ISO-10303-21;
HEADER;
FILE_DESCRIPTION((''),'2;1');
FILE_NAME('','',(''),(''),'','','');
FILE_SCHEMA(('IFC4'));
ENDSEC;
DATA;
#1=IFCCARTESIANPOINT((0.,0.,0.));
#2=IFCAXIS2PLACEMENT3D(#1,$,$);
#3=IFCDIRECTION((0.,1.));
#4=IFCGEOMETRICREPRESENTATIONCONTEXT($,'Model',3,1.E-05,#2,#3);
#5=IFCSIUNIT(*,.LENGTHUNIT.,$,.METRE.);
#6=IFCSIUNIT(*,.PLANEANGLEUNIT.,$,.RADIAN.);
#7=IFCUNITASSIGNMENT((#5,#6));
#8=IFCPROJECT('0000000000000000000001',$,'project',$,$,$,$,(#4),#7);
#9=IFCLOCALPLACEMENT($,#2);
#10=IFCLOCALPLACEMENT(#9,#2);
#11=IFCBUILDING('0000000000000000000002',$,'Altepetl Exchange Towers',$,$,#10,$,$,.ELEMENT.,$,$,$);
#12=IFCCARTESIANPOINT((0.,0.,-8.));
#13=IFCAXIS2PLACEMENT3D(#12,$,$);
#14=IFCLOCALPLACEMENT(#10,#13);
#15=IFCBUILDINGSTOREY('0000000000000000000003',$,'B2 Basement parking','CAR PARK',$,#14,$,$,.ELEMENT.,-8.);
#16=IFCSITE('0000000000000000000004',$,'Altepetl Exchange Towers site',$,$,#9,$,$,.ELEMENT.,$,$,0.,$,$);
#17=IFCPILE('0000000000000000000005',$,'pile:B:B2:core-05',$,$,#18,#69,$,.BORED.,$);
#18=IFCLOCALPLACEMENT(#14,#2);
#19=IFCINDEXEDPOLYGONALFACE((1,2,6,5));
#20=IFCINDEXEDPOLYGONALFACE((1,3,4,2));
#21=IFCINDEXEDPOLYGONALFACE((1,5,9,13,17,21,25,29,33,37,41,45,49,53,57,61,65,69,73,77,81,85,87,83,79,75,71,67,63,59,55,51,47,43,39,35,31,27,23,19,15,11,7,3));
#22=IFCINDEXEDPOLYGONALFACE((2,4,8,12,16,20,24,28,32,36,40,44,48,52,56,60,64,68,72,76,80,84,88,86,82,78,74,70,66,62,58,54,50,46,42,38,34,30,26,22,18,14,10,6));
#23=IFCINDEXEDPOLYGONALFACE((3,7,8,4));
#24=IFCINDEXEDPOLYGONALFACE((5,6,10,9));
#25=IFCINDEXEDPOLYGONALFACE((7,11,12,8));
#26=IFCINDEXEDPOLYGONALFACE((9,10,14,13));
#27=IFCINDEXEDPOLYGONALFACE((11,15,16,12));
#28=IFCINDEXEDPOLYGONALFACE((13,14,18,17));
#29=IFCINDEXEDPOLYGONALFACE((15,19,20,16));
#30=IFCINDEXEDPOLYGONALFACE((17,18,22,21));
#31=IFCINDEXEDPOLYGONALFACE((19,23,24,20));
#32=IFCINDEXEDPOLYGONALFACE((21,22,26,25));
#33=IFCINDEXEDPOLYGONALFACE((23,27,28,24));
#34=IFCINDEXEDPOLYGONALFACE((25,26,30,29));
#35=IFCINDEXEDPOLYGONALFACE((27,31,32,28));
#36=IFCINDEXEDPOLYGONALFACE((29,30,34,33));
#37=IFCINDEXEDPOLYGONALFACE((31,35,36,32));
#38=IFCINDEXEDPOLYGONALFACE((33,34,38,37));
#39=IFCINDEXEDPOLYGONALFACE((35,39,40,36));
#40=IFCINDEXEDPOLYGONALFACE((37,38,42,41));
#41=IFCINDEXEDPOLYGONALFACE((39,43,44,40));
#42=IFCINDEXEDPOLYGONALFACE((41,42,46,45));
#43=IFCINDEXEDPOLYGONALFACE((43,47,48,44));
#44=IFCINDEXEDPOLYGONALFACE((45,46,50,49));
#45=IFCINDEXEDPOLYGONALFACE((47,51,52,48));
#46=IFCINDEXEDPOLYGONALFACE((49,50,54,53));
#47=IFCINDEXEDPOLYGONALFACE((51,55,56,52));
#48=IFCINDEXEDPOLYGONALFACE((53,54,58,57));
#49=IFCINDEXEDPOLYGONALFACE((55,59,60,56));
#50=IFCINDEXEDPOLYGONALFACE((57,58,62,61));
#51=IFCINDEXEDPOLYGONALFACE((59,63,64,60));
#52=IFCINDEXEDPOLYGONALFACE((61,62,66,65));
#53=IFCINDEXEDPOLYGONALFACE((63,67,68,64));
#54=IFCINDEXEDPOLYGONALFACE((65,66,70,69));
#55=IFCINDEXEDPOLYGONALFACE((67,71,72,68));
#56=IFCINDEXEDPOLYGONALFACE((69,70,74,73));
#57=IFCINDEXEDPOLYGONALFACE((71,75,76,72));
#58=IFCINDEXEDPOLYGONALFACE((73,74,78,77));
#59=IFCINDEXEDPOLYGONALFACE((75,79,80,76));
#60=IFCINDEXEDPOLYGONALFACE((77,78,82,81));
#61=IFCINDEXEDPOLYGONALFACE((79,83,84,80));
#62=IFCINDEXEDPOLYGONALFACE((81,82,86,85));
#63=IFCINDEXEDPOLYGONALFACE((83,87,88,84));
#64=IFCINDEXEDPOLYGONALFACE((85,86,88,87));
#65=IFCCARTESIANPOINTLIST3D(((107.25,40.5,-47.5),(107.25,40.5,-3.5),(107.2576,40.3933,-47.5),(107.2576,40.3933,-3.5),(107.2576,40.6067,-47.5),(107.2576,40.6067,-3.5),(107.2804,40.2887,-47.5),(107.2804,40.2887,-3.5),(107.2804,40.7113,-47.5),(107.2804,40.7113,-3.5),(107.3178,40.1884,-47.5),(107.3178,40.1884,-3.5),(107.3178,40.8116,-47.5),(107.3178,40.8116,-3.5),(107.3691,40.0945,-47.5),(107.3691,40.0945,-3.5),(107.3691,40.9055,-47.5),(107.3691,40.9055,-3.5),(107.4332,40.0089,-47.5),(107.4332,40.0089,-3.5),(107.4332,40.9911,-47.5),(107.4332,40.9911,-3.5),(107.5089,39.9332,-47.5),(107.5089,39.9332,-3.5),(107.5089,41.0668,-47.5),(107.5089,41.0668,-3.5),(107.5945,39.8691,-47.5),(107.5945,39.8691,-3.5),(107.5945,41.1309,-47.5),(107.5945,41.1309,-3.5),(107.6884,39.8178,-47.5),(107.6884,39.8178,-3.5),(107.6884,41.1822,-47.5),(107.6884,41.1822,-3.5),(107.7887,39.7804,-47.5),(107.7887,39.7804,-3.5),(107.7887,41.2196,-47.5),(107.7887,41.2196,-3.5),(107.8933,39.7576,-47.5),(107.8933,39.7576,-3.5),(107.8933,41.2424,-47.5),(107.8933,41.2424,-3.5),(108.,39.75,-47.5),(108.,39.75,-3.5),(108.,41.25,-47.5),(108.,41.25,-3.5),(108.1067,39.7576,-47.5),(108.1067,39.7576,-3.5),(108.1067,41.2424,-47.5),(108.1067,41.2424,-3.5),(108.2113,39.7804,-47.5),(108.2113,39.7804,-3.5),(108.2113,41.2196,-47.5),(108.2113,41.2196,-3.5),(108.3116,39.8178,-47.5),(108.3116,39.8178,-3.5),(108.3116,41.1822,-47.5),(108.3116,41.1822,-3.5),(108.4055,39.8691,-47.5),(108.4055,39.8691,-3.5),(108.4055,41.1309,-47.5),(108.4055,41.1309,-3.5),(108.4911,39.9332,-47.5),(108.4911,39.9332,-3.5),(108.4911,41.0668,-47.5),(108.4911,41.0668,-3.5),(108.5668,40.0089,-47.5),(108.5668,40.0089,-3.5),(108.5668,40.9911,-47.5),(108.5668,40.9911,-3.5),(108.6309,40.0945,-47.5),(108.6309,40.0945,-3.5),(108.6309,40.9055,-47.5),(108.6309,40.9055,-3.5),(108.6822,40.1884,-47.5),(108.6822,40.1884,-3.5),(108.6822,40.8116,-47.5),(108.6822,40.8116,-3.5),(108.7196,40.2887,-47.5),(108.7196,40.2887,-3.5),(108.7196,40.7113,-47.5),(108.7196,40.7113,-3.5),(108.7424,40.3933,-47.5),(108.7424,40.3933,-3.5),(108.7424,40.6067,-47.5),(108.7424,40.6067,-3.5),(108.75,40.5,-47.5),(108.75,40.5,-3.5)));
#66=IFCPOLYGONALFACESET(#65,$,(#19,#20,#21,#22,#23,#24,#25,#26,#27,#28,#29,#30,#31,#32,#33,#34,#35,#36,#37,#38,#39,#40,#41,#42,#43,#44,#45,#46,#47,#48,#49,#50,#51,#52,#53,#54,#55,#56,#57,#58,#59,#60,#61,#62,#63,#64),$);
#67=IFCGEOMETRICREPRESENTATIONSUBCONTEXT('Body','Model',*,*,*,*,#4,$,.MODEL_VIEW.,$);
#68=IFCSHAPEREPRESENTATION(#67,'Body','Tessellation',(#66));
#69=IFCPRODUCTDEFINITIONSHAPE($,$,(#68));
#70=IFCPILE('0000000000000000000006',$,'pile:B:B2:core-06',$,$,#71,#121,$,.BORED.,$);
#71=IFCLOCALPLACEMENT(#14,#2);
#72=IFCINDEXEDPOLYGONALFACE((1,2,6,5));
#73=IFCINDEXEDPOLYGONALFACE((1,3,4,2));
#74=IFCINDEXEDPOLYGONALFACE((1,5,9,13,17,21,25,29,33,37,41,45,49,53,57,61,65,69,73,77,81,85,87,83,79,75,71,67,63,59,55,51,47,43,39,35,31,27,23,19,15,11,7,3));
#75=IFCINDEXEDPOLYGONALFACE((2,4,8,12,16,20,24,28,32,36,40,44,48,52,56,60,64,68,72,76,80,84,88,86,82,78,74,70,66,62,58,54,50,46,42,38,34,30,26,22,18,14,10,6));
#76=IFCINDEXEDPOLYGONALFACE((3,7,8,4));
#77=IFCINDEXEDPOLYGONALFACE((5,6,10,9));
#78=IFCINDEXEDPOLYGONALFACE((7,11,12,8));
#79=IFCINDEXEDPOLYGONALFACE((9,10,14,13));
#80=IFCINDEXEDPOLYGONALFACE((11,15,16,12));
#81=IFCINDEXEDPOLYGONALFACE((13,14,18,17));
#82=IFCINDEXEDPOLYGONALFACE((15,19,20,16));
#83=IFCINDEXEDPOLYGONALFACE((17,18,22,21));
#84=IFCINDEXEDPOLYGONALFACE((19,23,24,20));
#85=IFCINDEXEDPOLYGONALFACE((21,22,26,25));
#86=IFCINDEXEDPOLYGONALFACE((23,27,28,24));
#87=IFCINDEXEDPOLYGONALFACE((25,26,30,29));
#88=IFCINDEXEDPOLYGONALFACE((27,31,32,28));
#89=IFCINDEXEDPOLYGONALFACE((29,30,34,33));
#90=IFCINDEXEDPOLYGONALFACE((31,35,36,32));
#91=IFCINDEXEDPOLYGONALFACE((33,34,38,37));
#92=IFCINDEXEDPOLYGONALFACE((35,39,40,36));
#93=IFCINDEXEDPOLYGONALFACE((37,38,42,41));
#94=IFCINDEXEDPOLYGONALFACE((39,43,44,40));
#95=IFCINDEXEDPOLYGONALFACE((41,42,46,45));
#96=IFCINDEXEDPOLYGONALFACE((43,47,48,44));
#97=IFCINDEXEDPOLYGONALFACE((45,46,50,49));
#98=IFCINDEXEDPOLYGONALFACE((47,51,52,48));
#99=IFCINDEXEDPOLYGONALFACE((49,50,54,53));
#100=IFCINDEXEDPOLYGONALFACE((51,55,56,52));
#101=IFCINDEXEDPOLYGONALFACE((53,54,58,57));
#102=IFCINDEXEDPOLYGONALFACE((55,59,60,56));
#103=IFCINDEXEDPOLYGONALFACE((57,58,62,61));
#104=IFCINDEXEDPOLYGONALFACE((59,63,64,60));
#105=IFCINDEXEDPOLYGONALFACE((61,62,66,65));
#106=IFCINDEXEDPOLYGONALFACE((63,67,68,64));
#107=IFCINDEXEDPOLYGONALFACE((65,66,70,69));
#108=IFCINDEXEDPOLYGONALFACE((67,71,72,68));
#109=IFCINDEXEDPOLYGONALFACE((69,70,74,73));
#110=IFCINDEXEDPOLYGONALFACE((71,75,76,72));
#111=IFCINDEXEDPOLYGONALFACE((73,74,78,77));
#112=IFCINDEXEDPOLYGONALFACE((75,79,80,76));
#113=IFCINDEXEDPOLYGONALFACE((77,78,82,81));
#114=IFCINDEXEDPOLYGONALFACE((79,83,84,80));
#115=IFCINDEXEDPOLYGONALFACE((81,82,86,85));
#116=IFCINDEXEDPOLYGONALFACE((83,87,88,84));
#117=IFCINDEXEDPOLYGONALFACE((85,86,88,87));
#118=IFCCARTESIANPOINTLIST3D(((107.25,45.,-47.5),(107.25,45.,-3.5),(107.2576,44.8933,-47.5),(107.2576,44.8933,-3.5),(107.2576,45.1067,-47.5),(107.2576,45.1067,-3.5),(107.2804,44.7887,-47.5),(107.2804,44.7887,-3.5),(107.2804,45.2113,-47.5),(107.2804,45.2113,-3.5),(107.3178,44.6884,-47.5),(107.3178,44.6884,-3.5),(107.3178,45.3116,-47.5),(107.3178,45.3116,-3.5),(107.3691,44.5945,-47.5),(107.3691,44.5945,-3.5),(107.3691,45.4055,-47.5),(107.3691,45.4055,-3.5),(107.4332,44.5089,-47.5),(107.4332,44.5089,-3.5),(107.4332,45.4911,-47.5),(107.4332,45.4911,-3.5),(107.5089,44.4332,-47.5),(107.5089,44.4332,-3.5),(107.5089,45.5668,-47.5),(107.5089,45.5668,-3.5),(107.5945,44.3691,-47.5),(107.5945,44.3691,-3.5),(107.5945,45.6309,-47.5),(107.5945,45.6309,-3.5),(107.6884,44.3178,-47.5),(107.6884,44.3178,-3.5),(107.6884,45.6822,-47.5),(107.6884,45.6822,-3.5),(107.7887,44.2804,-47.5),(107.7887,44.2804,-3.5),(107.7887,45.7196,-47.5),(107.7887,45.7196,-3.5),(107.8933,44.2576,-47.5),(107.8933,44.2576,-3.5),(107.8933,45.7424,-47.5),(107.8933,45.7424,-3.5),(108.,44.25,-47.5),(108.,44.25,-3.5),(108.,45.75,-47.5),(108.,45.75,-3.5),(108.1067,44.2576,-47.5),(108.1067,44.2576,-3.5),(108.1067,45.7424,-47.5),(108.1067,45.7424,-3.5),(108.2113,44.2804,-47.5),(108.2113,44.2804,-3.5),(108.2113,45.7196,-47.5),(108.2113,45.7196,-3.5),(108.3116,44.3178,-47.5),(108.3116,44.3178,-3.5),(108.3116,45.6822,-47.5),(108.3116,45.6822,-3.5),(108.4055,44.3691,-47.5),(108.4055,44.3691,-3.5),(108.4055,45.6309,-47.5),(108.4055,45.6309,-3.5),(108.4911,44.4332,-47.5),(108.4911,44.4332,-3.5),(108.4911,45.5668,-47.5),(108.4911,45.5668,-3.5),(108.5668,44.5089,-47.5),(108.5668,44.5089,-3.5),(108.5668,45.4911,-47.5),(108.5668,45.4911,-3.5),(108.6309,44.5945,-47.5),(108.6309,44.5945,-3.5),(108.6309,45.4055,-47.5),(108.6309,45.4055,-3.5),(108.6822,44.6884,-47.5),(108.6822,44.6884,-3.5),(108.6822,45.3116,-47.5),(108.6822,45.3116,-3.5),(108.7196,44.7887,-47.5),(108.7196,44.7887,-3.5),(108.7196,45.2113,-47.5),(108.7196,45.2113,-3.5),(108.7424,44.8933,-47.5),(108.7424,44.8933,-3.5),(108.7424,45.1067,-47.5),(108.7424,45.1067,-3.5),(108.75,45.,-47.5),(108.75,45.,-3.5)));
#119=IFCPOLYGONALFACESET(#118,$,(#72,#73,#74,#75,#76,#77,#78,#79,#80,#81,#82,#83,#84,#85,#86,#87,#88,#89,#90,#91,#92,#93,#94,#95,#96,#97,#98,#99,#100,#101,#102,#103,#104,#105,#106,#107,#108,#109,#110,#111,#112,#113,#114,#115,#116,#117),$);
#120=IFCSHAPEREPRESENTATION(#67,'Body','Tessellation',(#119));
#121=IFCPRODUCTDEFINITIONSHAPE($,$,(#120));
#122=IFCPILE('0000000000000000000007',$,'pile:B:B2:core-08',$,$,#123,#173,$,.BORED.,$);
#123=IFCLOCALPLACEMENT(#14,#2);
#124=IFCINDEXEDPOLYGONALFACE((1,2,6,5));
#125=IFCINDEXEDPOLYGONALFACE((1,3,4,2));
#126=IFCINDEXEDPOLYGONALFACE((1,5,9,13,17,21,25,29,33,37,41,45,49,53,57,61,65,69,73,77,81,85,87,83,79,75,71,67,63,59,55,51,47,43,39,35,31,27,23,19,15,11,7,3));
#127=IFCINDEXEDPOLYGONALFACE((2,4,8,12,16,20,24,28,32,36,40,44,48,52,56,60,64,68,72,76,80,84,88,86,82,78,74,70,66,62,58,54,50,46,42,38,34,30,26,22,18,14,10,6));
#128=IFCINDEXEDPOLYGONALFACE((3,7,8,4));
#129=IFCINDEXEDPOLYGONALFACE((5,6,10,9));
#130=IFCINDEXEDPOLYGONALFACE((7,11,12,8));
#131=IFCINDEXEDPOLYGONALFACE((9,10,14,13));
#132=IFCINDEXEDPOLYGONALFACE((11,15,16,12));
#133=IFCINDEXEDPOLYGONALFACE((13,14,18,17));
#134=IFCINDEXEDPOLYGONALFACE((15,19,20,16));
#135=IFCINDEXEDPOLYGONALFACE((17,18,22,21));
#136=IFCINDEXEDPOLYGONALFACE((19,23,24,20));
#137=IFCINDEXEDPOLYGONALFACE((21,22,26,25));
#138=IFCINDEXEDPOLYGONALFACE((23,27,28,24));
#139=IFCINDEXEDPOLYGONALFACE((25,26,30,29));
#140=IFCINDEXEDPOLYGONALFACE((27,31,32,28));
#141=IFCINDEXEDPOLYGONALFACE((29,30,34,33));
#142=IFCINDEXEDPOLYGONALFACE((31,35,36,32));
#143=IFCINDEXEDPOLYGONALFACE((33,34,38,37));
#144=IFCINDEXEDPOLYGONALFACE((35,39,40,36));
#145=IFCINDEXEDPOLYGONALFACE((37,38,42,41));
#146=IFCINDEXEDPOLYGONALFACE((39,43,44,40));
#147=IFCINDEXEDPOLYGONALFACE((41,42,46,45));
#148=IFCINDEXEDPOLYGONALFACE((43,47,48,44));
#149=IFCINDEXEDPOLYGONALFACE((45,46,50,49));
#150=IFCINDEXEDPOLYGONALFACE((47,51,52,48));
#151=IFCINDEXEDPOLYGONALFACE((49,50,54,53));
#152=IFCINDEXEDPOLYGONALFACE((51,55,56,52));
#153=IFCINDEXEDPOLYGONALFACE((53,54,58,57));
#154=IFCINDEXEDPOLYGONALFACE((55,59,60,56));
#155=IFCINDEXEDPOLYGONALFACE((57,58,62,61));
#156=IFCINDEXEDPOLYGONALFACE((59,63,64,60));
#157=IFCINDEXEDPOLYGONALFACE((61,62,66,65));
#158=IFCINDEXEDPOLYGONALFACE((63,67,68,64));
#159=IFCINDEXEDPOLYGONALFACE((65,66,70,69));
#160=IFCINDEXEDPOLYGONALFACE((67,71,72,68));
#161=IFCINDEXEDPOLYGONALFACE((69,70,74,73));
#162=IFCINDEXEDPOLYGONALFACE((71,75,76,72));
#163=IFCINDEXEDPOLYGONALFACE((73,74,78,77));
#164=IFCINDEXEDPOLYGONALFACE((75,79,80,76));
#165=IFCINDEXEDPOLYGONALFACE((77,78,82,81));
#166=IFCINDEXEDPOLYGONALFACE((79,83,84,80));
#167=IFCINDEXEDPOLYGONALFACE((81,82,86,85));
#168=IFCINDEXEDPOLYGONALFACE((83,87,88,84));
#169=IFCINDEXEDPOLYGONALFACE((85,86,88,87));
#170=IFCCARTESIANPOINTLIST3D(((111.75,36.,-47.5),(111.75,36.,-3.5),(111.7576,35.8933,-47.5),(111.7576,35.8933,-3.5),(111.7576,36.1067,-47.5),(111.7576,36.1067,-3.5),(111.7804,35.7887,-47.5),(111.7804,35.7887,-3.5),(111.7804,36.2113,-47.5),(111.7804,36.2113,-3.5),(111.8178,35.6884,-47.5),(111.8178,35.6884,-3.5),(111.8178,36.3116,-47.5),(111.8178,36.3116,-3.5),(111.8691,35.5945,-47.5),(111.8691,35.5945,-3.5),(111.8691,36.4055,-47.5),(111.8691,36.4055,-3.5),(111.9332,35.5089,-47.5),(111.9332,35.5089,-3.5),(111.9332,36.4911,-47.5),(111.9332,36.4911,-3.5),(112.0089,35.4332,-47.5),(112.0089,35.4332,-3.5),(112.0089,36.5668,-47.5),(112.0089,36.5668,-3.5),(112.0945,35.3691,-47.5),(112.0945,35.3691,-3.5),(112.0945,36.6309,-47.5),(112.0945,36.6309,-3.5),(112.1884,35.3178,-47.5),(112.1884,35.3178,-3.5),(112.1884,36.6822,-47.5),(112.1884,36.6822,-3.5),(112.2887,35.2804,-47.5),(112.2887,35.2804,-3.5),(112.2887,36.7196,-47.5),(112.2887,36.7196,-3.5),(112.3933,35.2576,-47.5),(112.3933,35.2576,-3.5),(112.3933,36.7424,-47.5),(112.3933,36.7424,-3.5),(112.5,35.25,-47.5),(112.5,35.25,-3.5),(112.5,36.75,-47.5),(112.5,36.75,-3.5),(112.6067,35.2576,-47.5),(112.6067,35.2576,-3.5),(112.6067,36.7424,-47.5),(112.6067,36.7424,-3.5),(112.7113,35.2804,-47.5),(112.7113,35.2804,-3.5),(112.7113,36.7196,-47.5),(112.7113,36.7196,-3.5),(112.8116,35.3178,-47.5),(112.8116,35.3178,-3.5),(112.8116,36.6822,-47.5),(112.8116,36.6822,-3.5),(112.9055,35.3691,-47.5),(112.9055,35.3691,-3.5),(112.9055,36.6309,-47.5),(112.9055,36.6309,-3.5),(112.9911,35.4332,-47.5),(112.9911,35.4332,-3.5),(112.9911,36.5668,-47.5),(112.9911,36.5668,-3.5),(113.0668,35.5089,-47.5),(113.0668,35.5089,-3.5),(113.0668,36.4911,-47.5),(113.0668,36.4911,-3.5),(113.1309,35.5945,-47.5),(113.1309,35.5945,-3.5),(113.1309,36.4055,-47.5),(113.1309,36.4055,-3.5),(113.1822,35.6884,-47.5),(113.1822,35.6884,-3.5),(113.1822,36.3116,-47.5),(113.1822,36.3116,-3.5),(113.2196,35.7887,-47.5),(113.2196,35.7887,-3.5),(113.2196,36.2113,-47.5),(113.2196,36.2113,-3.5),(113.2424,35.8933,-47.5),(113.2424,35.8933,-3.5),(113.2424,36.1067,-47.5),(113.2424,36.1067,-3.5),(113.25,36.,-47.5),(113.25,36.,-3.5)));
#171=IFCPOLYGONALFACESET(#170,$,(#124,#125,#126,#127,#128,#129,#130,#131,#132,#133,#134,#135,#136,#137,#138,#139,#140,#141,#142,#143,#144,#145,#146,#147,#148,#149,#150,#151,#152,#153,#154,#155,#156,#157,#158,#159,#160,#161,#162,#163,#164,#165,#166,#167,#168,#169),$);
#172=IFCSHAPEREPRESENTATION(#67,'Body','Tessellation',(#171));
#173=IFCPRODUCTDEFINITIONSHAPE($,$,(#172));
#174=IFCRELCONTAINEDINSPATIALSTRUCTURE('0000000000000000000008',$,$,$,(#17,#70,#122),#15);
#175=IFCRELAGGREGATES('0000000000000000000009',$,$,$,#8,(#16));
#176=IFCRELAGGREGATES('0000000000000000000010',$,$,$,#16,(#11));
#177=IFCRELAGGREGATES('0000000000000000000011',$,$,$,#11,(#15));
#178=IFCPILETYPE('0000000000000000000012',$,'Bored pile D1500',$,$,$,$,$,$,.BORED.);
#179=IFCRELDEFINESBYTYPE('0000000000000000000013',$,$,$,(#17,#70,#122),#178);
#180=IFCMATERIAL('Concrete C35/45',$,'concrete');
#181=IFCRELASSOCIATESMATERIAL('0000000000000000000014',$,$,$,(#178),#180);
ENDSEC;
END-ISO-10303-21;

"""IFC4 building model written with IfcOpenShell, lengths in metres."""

from ifc_helpers import new_model, si_unit, direction, frame, origin, origin_2d, place, context, subcontext, project, spatial, circle, extrude, material, material_profile, profile_set, type_object, element, save


model = new_model("IFC4")

# Units and contexts
model_context = context("Model", 3, precision=1e-05, world=origin(), true_north=direction((0.0, 1.0)))
body_context = subcontext(model_context, "Body", "Model", "MODEL_VIEW")
ifc_project = project(units=[si_unit("LENGTHUNIT", "METRE"), si_unit("PLANEANGLEUNIT", "RADIAN")], contexts=[model_context])

# Site, building, storey
site_placement = place(None, origin())
site = spatial("IfcSite", under=ifc_project, at=site_placement, Name="Altepetl Exchange Towers site", CompositionType="ELEMENT", RefElevation=0.0)
building_placement = place(site_placement, origin())
building = spatial("IfcBuilding", under=site, at=building_placement, Name="Altepetl Exchange Towers", CompositionType="ELEMENT")
storey_placement = place(building_placement, frame((0.0, 0.0, -8.0)))
storey = spatial("IfcBuildingStorey", under=building, at=storey_placement, Name="B2 Basement parking", Description="CAR PARK", CompositionType="ELEMENT", Elevation=-8.0)

# Piles
ifc_material_1 = material(Name="Concrete C35/45", Category="concrete")
ifc_material_profile = material_profile(ifc_material_1, circle(Radius=0.75, at=origin_2d()), Name="D1500")
ifc_profile_set = profile_set([ifc_material_profile], Name="Concrete C35/45")
pile_type = type_object("IfcPileType", Name="Bored pile D1500", PredefinedType="BORED", material=ifc_profile_set)
for number, where, z_axis, x_axis, name in (
    (1, (108.0, 40.5, -3.5), (0.0, 0.0, -1.0), (1.0, 0.0, 0.0), "pile:B:B2:core-05"),
    (2, (108.0, 45.0, -3.5), (0.0, 0.0, -1.0), (1.0, 0.0, 0.0), "pile:B:B2:core-06"),
    (3, (112.5, 36.0, -3.5), (0.0, 0.0, -1.0), (1.0, 0.0, 0.0), "pile:B:B2:core-08"),
):
    element("IfcPile", number, at=place(storey_placement, frame(where, z_axis=z_axis, x_axis=x_axis)), inside=storey, type_object=pile_type, Name=name, PredefinedType="BORED", context=body_context, shape_type="SweptSolid", body=[
        extrude(circle(Radius=0.75, at=origin_2d()), origin(), (0.0, 0.0, 1.0), 44.0),
    ])

save(model, "model.ifc")
